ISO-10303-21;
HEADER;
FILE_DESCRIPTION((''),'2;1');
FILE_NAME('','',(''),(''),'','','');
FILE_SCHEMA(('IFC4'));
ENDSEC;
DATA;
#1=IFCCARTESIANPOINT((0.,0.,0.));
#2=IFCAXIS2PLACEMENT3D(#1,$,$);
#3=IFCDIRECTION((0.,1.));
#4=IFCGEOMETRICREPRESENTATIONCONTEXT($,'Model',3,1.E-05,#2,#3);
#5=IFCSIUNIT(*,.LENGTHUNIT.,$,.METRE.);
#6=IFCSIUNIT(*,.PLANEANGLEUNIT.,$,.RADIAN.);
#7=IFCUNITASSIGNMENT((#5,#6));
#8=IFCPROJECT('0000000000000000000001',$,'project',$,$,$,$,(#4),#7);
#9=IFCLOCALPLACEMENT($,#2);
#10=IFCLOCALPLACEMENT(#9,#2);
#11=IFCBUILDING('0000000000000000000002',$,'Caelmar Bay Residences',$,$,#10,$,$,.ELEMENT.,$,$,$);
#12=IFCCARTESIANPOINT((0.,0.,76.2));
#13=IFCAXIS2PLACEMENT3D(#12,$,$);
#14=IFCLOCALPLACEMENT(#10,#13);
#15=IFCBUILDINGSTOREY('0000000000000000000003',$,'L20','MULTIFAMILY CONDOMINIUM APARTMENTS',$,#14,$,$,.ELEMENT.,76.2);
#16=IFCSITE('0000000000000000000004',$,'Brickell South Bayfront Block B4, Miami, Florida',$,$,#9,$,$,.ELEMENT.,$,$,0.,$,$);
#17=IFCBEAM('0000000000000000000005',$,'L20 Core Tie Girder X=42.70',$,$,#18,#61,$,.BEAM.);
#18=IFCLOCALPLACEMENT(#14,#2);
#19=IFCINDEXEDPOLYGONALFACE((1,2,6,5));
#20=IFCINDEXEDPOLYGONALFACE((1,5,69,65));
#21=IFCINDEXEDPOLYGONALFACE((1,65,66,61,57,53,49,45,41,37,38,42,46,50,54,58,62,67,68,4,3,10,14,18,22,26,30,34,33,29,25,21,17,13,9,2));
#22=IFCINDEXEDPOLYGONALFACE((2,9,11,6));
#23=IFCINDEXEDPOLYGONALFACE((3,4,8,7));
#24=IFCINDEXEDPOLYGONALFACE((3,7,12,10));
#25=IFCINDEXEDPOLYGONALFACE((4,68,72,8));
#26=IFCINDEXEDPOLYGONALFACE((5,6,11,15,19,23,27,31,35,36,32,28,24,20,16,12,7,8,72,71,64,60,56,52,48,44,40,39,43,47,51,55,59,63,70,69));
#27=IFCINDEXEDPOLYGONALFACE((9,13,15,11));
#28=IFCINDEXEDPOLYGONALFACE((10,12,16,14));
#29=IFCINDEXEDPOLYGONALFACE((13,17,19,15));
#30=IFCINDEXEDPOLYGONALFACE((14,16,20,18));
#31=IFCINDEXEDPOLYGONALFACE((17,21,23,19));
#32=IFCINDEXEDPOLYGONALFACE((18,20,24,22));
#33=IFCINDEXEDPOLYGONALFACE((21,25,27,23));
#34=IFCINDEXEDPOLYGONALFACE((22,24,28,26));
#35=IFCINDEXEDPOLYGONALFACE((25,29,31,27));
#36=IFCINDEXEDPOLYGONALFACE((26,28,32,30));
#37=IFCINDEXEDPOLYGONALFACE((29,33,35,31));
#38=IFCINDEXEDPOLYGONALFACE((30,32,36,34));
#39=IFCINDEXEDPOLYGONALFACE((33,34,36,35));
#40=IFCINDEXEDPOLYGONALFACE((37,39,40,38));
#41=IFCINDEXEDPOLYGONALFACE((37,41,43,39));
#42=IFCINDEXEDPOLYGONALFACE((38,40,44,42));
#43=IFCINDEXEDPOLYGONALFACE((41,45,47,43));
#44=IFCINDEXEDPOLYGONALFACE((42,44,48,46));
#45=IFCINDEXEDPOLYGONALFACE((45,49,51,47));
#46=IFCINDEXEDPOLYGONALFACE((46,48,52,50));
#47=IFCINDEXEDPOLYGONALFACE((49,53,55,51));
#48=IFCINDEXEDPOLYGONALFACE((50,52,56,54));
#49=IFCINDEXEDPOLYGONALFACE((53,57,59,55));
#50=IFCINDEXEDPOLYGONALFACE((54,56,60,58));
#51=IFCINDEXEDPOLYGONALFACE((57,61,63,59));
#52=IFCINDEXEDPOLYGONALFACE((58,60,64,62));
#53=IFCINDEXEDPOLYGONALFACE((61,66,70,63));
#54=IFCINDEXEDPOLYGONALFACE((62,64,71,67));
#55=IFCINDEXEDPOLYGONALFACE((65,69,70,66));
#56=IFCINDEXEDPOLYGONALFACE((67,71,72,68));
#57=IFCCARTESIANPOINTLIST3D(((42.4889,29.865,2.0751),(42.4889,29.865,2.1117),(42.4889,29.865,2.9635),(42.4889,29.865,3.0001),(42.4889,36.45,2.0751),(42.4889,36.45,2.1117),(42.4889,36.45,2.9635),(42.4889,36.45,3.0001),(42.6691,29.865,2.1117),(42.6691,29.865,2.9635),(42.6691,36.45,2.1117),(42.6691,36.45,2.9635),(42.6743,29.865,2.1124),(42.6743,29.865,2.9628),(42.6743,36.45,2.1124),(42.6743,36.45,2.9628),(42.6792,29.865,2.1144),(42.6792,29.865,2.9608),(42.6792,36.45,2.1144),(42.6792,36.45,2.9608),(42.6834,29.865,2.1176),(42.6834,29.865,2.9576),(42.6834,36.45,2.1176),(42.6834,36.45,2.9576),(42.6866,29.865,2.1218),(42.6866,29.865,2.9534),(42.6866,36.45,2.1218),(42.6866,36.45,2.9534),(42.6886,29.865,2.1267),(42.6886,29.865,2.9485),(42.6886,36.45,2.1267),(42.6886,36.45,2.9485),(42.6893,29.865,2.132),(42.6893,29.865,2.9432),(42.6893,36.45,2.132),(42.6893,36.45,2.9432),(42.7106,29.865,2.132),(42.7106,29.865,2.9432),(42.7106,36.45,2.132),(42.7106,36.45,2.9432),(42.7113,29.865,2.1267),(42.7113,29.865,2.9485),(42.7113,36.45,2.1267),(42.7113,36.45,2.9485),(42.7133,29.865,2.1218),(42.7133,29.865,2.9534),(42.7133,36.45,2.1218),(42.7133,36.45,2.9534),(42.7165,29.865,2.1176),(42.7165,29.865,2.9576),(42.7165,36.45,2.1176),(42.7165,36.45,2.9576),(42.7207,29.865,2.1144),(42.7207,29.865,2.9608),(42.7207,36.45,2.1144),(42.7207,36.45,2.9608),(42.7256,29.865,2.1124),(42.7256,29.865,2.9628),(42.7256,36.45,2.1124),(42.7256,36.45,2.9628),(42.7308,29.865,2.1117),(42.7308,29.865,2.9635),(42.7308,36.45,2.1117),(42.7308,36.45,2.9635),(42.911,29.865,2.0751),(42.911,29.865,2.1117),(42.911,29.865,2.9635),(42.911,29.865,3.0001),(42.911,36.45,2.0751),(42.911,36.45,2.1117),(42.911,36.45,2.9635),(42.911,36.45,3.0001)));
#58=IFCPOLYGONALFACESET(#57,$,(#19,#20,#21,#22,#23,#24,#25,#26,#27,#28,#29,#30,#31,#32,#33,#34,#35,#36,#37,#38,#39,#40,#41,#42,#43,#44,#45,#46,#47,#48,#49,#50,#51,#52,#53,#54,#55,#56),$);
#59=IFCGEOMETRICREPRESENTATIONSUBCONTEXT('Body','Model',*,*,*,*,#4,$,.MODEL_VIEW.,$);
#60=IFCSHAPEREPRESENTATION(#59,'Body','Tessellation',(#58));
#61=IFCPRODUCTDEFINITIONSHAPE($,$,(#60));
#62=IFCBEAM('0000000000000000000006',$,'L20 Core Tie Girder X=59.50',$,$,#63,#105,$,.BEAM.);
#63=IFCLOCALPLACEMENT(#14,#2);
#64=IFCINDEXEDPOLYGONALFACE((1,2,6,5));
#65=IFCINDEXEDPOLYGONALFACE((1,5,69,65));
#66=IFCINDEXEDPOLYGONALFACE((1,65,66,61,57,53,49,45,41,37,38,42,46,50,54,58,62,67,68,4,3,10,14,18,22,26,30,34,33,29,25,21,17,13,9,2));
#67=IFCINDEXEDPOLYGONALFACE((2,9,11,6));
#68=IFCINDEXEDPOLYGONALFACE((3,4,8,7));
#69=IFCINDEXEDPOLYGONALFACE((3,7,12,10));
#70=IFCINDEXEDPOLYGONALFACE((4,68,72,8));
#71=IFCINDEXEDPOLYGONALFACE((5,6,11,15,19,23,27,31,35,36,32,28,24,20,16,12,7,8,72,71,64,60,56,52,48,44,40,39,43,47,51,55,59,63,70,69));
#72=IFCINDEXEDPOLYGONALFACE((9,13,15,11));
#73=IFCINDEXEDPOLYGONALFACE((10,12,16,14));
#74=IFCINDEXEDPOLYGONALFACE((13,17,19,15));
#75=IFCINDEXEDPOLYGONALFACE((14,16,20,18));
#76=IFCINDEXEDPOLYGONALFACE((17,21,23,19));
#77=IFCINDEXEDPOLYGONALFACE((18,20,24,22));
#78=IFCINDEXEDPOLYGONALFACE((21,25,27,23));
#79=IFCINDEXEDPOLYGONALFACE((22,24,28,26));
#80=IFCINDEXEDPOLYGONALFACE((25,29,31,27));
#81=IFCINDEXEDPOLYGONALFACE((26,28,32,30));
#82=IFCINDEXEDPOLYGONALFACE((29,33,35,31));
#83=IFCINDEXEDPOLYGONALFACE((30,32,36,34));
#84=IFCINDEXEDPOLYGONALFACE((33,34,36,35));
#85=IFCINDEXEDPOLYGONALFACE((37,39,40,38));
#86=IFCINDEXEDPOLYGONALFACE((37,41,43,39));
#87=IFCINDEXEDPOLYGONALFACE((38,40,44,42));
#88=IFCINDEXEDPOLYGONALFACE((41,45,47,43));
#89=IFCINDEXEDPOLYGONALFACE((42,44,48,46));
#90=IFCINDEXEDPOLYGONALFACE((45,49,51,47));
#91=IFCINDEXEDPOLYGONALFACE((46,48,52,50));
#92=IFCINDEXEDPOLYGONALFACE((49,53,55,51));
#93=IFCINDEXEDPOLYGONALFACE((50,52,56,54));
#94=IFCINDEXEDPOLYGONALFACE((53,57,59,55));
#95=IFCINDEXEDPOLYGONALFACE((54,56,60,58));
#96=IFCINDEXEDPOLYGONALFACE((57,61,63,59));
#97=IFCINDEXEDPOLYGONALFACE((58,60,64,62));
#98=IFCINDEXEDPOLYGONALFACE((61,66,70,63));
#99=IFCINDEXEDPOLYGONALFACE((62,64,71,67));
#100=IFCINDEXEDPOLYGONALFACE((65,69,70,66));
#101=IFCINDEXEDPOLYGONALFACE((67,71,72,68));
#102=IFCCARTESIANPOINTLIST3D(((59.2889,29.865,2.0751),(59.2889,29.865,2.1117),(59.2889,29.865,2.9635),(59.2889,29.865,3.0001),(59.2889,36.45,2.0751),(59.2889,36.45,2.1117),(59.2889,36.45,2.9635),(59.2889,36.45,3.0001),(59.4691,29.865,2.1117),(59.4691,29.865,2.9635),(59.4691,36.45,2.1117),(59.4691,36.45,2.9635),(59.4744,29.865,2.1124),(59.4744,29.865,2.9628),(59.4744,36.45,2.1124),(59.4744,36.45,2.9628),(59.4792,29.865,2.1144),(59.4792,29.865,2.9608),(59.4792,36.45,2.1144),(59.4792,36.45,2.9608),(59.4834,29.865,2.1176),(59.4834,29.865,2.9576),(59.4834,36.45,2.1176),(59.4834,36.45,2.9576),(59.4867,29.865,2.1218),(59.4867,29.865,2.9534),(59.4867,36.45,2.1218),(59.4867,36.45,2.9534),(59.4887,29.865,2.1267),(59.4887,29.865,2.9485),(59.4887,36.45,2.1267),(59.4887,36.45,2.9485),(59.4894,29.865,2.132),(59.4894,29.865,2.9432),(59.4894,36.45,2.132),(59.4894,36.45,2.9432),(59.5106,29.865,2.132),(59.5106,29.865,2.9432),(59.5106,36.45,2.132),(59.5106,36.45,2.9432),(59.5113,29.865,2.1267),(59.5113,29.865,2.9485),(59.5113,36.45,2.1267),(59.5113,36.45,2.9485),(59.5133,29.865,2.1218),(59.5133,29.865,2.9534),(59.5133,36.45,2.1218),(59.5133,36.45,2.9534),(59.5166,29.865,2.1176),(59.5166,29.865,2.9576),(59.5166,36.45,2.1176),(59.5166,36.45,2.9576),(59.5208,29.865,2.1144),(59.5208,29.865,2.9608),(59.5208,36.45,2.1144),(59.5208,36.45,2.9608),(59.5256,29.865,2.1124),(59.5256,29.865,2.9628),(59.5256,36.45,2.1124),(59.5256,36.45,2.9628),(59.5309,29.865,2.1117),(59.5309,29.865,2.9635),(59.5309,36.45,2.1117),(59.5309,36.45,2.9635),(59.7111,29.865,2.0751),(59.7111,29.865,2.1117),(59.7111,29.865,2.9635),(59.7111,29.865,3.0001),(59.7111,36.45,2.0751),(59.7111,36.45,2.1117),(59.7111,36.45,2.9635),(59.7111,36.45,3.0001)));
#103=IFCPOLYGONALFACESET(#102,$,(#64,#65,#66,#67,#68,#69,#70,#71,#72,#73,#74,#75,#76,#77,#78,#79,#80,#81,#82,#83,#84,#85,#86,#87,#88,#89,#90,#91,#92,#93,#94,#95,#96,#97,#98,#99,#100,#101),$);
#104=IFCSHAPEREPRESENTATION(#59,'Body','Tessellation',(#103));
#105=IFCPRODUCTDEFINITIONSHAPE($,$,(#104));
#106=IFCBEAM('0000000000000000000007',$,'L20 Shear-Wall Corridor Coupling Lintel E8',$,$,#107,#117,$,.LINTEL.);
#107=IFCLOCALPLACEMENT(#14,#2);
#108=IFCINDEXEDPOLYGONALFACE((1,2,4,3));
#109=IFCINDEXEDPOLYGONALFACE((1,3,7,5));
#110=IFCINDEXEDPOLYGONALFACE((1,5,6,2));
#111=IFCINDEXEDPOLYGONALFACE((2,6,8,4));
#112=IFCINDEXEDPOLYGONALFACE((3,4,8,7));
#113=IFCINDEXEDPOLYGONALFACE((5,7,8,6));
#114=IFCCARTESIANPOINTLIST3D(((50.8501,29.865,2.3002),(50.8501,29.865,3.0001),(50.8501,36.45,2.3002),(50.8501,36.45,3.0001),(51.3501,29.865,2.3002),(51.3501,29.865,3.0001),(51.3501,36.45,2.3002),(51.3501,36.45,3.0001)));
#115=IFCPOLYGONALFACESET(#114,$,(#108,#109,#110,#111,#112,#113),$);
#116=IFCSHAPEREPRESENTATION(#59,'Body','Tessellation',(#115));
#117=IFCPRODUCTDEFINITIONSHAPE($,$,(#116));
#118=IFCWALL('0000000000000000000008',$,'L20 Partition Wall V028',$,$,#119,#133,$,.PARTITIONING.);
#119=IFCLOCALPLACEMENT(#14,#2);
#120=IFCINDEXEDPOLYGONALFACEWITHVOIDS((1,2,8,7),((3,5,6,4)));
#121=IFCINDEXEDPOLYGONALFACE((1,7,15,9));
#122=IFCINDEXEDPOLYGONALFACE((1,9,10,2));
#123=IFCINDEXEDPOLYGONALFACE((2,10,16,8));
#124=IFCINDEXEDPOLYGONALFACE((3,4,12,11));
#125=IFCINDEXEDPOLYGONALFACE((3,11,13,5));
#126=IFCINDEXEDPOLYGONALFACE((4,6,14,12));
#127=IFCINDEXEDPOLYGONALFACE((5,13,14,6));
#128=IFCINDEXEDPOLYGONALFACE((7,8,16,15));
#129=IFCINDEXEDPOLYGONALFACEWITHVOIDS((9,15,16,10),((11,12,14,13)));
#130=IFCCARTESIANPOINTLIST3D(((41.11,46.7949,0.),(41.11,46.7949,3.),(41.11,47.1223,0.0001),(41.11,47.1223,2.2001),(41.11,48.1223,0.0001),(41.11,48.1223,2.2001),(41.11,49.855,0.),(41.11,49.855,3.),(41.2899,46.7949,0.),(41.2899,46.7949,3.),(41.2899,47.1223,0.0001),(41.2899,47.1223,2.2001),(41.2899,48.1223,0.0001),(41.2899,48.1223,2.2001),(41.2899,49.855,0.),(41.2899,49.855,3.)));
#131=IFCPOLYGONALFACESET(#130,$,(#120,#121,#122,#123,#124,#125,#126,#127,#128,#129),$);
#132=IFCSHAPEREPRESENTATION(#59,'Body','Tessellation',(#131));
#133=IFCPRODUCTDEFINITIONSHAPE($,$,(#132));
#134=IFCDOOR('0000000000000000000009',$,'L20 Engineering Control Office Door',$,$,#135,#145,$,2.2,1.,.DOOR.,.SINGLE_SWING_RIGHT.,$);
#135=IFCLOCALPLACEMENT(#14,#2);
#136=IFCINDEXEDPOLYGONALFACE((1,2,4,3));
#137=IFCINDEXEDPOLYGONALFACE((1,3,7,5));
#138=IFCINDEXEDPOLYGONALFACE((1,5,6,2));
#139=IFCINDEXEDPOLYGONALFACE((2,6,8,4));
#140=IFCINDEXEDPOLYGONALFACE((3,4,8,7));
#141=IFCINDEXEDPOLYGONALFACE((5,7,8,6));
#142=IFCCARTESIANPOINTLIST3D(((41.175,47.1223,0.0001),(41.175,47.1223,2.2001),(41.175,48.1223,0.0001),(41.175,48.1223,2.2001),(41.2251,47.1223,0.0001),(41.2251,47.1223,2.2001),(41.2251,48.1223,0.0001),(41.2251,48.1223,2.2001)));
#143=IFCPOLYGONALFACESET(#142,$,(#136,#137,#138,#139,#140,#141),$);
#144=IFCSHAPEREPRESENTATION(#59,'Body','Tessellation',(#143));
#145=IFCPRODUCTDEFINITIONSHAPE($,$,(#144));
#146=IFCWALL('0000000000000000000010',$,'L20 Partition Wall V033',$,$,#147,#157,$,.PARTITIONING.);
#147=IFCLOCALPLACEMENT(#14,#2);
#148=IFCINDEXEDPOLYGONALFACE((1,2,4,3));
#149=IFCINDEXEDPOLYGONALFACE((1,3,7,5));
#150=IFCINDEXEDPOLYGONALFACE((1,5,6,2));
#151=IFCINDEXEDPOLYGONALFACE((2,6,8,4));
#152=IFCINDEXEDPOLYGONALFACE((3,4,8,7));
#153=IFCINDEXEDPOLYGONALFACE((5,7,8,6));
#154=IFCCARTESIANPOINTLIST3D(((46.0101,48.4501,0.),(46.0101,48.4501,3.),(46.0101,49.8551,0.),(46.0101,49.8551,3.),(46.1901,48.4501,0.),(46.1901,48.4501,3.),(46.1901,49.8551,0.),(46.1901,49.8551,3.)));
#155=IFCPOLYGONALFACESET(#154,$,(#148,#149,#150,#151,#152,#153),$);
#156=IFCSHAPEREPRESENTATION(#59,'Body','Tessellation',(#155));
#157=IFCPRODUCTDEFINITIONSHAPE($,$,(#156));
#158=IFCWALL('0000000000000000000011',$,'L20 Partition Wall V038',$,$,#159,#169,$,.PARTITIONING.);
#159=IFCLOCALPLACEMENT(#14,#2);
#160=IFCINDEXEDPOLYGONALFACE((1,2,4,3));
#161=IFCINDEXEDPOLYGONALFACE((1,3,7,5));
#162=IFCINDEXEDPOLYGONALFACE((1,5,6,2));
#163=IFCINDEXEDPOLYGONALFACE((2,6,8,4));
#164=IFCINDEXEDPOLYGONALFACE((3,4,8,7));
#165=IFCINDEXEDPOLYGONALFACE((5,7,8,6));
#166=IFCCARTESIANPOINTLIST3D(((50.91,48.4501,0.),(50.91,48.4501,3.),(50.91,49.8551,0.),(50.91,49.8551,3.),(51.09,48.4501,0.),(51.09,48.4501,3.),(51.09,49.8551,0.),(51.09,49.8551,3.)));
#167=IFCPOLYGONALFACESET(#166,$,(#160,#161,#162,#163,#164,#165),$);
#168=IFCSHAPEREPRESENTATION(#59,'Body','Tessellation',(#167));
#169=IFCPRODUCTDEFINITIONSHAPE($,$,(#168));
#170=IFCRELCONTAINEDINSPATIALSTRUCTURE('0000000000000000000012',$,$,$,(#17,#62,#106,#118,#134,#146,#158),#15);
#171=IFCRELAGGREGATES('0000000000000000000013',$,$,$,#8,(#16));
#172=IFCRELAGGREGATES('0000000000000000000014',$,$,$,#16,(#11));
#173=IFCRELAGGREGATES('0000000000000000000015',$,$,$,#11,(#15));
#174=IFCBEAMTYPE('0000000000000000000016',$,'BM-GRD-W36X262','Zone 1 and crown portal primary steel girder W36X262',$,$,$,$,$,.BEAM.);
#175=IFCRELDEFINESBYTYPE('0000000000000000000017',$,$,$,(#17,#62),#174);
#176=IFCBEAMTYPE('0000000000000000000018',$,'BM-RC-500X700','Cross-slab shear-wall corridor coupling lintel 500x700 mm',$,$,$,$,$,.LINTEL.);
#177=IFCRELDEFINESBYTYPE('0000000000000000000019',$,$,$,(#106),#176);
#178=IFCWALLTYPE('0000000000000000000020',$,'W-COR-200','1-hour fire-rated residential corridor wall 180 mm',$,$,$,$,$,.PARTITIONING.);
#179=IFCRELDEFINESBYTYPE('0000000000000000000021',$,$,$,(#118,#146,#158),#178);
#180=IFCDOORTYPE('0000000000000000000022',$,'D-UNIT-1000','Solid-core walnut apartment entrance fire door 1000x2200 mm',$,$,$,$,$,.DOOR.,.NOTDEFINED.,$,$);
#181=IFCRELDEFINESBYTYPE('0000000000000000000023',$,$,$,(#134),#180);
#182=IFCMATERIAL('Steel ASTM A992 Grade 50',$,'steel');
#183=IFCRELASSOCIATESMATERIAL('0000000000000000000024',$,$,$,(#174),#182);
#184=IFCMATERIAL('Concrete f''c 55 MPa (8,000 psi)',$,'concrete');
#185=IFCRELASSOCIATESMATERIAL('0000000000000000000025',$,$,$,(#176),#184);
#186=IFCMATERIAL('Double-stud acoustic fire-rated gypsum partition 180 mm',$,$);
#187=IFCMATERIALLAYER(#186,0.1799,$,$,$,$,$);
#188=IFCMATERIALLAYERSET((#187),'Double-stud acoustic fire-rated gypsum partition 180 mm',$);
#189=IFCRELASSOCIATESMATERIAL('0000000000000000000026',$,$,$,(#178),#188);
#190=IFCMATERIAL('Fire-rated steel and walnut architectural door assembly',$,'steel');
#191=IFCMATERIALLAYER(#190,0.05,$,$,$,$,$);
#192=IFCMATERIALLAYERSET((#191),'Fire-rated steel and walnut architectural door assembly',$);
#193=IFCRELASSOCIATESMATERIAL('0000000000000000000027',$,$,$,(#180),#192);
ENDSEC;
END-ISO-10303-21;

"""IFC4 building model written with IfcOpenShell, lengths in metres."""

from ifc_helpers import new_model, si_unit, direction, frame, frame_2d, origin, origin_2d, place, context, subcontext, project, spatial, rectangle, i_section, extrude, material, layer, layer_set, material_profile, profile_set, type_object, element, fill, save


model = new_model("IFC4")

# Units and contexts
model_context = context("Model", 3, precision=1e-05, world=origin(), true_north=direction((0.0, 1.0)))
body_context = subcontext(model_context, "Body", "Model", "MODEL_VIEW")
ifc_project = project(units=[si_unit("LENGTHUNIT", "METRE"), si_unit("PLANEANGLEUNIT", "RADIAN")], contexts=[model_context])

# Site, building, storey
site_placement = place(None, origin())
site = spatial("IfcSite", under=ifc_project, at=site_placement, Name="Brickell South Bayfront Block B4, Miami, Florida", CompositionType="ELEMENT", RefElevation=0.0)
building_placement = place(site_placement, origin())
building = spatial("IfcBuilding", under=site, at=building_placement, Name="Caelmar Bay Residences", CompositionType="ELEMENT")
storey_placement = place(building_placement, frame((0.0, 0.0, 76.2)))
storey = spatial("IfcBuildingStorey", under=building, at=storey_placement, Name="L20", Description="MULTIFAMILY CONDOMINIUM APARTMENTS", CompositionType="ELEMENT", Elevation=76.2)

# Beams
ifc_material_1 = material(Name="Steel ASTM A992 Grade 50", Category="steel")
ifc_material_profile_1 = material_profile(ifc_material_1, i_section(OverallWidth=0.4221, OverallDepth=0.925, WebThickness=0.0212, FlangeThickness=0.0366, FilletRadius=0.0203, at=origin_2d()), Name="W36X262")
ifc_profile_set_1 = profile_set([ifc_material_profile_1], Name="Steel ASTM A992 Grade 50")
beam_type_1 = type_object("IfcBeamType", Name="BM-GRD-W36X262", Description="Zone 1 and crown portal primary steel girder W36X262", PredefinedType="BEAM", material=ifc_profile_set_1)
for number, where, z_axis, x_axis, name in (
    (1, (42.7, 29.865, 2.5376), (0.0, 1.0, 0.0), (-1.0, 0.0, 0.0), "L20 Core Tie Girder X=42.70"),
    (2, (59.5, 29.865, 2.5376), (0.0, 1.0, 0.0), (-1.0, 0.0, 0.0), "L20 Core Tie Girder X=59.50"),
):
    element("IfcBeam", number, at=place(storey_placement, frame(where, z_axis=z_axis, x_axis=x_axis)), inside=storey, type_object=beam_type_1, Name=name, PredefinedType="BEAM", context=body_context, shape_type="SweptSolid", body=[
        extrude(i_section(OverallWidth=0.4221, OverallDepth=0.925, WebThickness=0.0212, FlangeThickness=0.0366, FilletRadius=0.0203, at=origin_2d()), origin(), (0.0, 0.0, 1.0), 6.585),
    ])
ifc_material_2 = material(Name="Concrete f'c 55 MPa (8,000 psi)", Category="concrete")
ifc_material_profile_2 = material_profile(ifc_material_2, rectangle(XDim=0.5, YDim=0.7, at=origin_2d()), Name="RC-BM-500X700")
ifc_profile_set_2 = profile_set([ifc_material_profile_2], Name="Concrete f'c 55 MPa (8,000 psi)")
beam_type_2 = type_object("IfcBeamType", Name="BM-RC-500X700", Description="Cross-slab shear-wall corridor coupling lintel 500x700 mm", PredefinedType="LINTEL", material=ifc_profile_set_2)
beam_placement = place(storey_placement, frame((51.1001, 29.865, 2.6501), z_axis=(0.0, 1.0, 0.0), x_axis=(-1.0, 0.0, 0.0)))
element("IfcBeam", 3, at=beam_placement, inside=storey, type_object=beam_type_2, Name="L20 Shear-Wall Corridor Coupling Lintel E8", PredefinedType="LINTEL", context=body_context, shape_type="SweptSolid", body=[
    extrude(rectangle(XDim=0.5, YDim=0.7, at=origin_2d()), origin(), (0.0, 0.0, 1.0), 6.585),
])

# Wall, opening, door
ifc_material_3 = material(Name="Fire-rated steel and walnut architectural door assembly", Category="steel")
ifc_material_4 = material(Name="Double-stud acoustic fire-rated gypsum partition 180 mm")
ifc_layer_1 = layer(ifc_material_4, 0.1799)
ifc_layer_set_1 = layer_set([ifc_layer_1], Name="Double-stud acoustic fire-rated gypsum partition 180 mm")
wall_type_1 = type_object("IfcWallType", Name="W-COR-200", Description="1-hour fire-rated residential corridor wall 180 mm", PredefinedType="PARTITIONING", material=ifc_layer_set_1)
wall_1_placement = place(storey_placement, frame((41.2, 46.7949, 0.0), z_axis=(0.0, 0.0, 1.0), x_axis=(0.0, 1.0, 0.0)))
wall_1 = element("IfcWall", 4, at=wall_1_placement, inside=storey, type_object=wall_type_1, Name="L20 Partition Wall V028", PredefinedType="PARTITIONING", context=body_context, shape_type="SweptSolid", body=[
    extrude(rectangle(XDim=3.0601, YDim=0.1799, at=frame_2d((1.53, 0.0))), origin(), (0.0, 0.0, 1.0), 3.0),
])
opening_1_placement = place(wall_1_placement, frame((0.3274, 0.0, 0.0)))
opening_1 = element("IfcOpeningElement", 5, at=opening_1_placement, cuts=wall_1, PredefinedType="OPENING", context=body_context, shape_type="SweptSolid", body=[
    extrude(rectangle(XDim=1.0, YDim=2.2, at=frame_2d((0.5, 1.1001))), frame((0.0, 0.0999, 0.0), z_axis=(0.0, -1.0, 0.0), x_axis=(1.0, 0.0, 0.0)), (0.0, 0.0, 1.0), 0.2),
])
ifc_layer_2 = layer(ifc_material_3, 0.05)
ifc_layer_set_2 = layer_set([ifc_layer_2], Name="Fire-rated steel and walnut architectural door assembly")
door_type_1 = type_object("IfcDoorType", Name="D-UNIT-1000", Description="Solid-core walnut apartment entrance fire door 1000x2200 mm", OperationType="NOTDEFINED", PredefinedType="DOOR", material=ifc_layer_set_2)
door_1_placement = place(opening_1_placement, origin())
door_1 = element("IfcDoor", 6, at=door_1_placement, inside=storey, type_object=door_type_1, Name="L20 Engineering Control Office Door", OperationType="SINGLE_SWING_RIGHT", OverallHeight=2.2, OverallWidth=1.0, PredefinedType="DOOR", context=body_context, shape_type="SweptSolid", body=[
    extrude(rectangle(XDim=1.0, YDim=2.2, at=frame_2d((0.5, 1.1001))), frame((0.0, 0.0249, 0.0), z_axis=(0.0, -1.0, 0.0), x_axis=(1.0, 0.0, 0.0)), (0.0, 0.0, 1.0), 0.05),
])
fill(opening_1, door_1)

# Walls
for number, where, z_axis, x_axis, name in (
    (7, (46.1001, 48.45, 0.0), (0.0, 0.0, 1.0), (0.0, 1.0, 0.0), "L20 Partition Wall V033"),
    (8, (51.0, 48.45, 0.0), (0.0, 0.0, 1.0), (0.0, 1.0, 0.0), "L20 Partition Wall V038"),
):
    element("IfcWall", number, at=place(storey_placement, frame(where, z_axis=z_axis, x_axis=x_axis)), inside=storey, type_object=wall_type_1, Name=name, PredefinedType="PARTITIONING", context=body_context, shape_type="SweptSolid", body=[
        extrude(rectangle(XDim=1.405, YDim=0.1799, at=frame_2d((0.7026, 0.0))), origin(), (0.0, 0.0, 1.0), 3.0),
    ])

save(model, "model.ifc")
